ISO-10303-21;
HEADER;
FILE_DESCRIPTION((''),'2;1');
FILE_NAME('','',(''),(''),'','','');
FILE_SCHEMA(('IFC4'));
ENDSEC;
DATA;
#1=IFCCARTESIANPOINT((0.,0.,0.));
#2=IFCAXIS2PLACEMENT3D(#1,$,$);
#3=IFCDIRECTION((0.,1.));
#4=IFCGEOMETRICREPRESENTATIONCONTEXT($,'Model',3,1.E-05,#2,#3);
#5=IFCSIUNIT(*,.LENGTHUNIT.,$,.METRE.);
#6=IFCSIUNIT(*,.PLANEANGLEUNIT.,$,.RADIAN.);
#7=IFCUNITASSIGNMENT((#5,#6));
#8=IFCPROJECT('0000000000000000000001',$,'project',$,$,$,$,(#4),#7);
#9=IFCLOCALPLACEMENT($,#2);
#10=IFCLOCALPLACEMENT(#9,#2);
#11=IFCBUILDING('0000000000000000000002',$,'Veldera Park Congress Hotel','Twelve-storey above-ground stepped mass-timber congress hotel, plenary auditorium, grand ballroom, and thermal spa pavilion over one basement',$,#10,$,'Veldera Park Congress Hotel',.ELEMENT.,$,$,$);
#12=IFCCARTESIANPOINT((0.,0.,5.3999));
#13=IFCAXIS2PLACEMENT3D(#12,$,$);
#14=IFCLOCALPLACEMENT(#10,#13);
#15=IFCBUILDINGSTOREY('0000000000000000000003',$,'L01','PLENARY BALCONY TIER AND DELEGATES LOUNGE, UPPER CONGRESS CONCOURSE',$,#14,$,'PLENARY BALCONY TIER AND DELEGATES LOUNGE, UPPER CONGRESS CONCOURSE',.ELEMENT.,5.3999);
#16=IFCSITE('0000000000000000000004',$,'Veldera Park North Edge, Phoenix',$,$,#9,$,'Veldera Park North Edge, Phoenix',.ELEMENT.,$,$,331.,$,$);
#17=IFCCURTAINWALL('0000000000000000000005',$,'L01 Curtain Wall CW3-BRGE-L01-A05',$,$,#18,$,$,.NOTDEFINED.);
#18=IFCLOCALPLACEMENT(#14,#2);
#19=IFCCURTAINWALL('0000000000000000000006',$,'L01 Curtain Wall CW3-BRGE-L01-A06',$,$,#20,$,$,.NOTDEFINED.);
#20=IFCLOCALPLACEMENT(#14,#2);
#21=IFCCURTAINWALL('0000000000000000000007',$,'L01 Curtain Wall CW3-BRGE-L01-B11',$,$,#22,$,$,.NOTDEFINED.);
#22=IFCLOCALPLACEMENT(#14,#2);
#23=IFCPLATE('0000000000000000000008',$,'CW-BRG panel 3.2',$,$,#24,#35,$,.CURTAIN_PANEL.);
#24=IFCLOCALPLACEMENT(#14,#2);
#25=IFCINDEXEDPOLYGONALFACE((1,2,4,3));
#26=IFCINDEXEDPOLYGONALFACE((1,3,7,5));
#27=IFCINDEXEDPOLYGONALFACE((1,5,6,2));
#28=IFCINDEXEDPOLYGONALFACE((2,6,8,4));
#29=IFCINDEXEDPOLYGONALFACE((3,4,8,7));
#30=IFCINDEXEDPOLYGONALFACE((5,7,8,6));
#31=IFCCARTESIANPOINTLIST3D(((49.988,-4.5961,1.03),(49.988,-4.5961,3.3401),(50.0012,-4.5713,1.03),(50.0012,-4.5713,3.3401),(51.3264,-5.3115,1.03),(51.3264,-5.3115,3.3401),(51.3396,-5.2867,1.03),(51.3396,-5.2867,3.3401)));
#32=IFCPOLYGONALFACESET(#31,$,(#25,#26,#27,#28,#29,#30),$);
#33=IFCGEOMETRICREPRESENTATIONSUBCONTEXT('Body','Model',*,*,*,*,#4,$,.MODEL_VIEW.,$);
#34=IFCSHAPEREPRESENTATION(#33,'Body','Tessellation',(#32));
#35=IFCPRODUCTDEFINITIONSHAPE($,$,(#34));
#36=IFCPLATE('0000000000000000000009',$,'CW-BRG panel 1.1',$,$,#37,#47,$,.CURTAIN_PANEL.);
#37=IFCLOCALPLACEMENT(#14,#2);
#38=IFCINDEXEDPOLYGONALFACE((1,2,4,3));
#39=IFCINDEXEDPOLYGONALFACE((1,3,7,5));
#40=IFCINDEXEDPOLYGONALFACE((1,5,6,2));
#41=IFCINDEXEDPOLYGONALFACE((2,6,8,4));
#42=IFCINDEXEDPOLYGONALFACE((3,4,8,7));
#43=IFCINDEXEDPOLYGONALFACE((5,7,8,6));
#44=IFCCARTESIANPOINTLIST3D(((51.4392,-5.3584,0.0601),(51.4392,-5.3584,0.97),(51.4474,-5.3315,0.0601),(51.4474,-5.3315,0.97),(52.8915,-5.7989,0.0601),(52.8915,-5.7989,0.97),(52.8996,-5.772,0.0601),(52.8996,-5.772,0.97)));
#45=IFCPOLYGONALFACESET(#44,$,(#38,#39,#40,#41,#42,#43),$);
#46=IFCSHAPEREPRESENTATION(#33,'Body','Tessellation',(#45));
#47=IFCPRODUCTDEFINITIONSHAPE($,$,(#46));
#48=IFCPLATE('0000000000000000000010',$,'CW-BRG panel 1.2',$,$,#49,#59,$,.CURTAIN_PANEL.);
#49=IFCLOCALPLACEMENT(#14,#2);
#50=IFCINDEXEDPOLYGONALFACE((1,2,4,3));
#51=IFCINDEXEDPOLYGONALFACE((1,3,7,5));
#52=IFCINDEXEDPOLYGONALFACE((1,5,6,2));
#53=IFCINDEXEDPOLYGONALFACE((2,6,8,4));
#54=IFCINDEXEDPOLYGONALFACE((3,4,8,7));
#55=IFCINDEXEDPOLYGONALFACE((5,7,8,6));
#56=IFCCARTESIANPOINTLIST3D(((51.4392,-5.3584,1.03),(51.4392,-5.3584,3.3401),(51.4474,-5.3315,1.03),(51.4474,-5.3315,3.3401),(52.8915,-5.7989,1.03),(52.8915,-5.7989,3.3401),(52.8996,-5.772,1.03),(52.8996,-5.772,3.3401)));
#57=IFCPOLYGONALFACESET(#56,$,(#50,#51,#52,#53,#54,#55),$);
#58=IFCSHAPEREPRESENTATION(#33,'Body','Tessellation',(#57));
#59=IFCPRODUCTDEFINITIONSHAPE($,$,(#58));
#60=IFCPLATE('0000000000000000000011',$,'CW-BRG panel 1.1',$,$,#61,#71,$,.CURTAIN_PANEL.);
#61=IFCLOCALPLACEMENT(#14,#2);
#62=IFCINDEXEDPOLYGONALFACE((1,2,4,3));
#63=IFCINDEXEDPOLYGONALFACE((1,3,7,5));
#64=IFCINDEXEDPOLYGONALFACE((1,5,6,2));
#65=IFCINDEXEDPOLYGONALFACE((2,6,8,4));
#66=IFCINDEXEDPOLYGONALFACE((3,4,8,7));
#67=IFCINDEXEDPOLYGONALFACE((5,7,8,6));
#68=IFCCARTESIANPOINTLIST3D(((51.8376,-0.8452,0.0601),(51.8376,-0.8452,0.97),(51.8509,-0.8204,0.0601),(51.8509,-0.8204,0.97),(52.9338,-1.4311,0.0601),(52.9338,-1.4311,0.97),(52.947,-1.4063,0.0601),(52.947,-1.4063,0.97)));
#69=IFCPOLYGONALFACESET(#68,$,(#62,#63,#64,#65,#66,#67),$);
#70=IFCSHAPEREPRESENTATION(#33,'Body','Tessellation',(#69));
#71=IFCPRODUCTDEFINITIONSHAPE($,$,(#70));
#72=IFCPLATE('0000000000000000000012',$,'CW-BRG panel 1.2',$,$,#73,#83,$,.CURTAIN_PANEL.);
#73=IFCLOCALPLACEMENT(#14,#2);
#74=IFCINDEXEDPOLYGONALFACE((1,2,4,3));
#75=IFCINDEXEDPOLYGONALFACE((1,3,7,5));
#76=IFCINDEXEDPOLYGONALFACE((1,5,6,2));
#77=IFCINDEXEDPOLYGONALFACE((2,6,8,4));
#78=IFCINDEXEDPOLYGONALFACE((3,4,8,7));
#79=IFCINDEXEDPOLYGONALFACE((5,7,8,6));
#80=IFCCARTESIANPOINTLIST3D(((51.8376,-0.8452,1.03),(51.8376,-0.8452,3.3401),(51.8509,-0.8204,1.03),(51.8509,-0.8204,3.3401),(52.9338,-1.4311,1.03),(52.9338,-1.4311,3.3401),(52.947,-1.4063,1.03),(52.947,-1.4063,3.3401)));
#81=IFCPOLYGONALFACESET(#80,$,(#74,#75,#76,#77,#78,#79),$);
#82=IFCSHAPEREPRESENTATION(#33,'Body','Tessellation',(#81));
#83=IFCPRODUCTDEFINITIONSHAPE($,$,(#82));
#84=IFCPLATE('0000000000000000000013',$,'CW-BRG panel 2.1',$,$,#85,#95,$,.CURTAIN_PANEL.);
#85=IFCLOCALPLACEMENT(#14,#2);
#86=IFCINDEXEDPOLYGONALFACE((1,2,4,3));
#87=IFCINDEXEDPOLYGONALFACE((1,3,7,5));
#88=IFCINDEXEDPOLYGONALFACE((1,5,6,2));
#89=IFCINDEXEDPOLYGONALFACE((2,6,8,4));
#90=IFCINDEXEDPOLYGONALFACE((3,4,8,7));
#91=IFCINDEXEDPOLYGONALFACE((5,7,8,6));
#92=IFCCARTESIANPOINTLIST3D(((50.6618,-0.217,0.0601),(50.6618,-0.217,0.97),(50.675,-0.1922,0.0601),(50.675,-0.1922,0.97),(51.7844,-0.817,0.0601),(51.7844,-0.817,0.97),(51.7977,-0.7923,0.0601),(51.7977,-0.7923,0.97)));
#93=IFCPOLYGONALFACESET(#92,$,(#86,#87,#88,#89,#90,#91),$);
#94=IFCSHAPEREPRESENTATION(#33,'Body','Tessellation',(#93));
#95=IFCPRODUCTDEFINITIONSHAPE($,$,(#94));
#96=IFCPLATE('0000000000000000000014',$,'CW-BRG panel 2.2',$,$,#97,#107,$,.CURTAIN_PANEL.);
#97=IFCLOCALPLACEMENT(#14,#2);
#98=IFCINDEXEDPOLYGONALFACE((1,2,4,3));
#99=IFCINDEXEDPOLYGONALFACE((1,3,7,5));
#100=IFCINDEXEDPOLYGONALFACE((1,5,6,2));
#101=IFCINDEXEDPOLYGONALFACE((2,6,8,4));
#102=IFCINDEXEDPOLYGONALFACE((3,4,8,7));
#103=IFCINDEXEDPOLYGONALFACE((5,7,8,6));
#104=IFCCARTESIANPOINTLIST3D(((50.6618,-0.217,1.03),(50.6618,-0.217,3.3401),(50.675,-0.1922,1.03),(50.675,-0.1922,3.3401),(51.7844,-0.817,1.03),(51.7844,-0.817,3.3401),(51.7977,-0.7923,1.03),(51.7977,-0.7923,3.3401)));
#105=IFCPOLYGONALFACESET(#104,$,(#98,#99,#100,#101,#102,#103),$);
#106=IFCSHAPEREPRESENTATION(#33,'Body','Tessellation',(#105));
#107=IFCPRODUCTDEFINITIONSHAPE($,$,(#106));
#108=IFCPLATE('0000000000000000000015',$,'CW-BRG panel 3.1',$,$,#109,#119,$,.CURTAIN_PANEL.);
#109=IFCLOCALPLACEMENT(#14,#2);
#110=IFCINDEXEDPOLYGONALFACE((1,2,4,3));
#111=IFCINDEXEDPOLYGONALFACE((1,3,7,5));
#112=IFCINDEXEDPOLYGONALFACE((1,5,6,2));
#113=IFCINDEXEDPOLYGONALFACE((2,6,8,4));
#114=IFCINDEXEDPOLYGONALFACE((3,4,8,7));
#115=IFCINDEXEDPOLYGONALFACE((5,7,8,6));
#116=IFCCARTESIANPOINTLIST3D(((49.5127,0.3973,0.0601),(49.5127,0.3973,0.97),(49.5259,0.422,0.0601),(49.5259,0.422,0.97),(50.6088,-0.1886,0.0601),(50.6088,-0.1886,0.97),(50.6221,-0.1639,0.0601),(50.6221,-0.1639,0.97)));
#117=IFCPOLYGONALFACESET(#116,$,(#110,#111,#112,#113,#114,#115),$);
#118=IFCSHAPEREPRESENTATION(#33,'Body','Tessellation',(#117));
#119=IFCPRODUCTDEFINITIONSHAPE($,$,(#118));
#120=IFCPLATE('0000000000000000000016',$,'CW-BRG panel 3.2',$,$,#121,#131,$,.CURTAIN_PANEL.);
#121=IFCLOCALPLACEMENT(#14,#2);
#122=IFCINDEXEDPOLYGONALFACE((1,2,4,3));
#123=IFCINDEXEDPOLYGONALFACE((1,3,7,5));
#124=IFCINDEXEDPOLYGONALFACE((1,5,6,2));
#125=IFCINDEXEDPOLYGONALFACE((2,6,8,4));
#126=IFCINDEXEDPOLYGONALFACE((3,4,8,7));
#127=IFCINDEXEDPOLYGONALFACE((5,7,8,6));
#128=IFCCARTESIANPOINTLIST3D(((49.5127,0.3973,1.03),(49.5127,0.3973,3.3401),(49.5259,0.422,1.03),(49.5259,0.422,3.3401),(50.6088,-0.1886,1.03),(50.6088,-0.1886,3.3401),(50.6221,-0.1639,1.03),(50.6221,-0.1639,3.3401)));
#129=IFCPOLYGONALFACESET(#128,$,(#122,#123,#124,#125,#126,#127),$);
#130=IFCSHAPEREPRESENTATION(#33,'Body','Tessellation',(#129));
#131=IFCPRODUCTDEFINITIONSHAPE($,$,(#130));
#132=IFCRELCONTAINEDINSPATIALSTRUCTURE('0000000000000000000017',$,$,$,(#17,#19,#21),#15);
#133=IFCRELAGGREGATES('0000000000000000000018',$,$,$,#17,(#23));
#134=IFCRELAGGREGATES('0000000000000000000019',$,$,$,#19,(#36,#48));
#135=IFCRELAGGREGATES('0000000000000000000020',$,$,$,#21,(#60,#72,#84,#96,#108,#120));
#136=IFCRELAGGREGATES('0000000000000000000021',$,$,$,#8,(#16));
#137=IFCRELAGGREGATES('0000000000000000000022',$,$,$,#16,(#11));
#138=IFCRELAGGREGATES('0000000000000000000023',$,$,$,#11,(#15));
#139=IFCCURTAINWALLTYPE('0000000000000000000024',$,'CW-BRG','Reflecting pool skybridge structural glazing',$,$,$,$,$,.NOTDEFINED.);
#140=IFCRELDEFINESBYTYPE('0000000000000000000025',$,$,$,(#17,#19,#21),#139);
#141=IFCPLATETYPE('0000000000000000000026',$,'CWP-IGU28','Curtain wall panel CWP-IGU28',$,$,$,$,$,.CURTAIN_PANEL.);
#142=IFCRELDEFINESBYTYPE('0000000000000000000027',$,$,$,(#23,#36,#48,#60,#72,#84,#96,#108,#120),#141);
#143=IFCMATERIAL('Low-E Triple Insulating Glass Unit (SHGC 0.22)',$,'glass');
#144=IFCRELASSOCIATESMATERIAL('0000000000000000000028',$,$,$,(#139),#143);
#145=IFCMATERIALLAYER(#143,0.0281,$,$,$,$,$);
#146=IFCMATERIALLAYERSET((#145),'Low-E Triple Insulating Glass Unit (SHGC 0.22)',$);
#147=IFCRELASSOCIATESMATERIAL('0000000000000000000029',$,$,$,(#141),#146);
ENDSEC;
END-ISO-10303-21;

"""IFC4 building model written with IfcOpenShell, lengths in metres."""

from ifc_helpers import new_model, si_unit, direction, frame, origin, origin_2d, place, context, subcontext, project, spatial, rectangle, extrude, material, layer, layer_set, type_object, element, aggregate, save


model = new_model("IFC4")

# Units and contexts
model_context = context("Model", 3, precision=1e-05, world=origin(), true_north=direction((0.0, 1.0)))
body_context = subcontext(model_context, "Body", "Model", "MODEL_VIEW")
ifc_project = project(units=[si_unit("LENGTHUNIT", "METRE"), si_unit("PLANEANGLEUNIT", "RADIAN")], contexts=[model_context])

# Site, building, storey
site_placement = place(None, origin())
site = spatial("IfcSite", under=ifc_project, at=site_placement, Name="Veldera Park North Edge, Phoenix", LongName="Veldera Park North Edge, Phoenix", CompositionType="ELEMENT", RefElevation=331.0)
building_placement = place(site_placement, origin())
building = spatial("IfcBuilding", under=site, at=building_placement, Name="Veldera Park Congress Hotel", Description="Twelve-storey above-ground stepped mass-timber congress hotel, plenary auditorium, grand ballroom, and thermal spa pavilion over one basement", LongName="Veldera Park Congress Hotel", CompositionType="ELEMENT")
storey_placement = place(building_placement, frame((0.0, 0.0, 5.3999)))
storey = spatial("IfcBuildingStorey", under=building, at=storey_placement, Name="L01", Description="PLENARY BALCONY TIER AND DELEGATES LOUNGE, UPPER CONGRESS CONCOURSE", LongName="PLENARY BALCONY TIER AND DELEGATES LOUNGE, UPPER CONGRESS CONCOURSE", CompositionType="ELEMENT", Elevation=5.3999)

# Curtain walls
ifc_material_1 = material(Name="Low-E Triple Insulating Glass Unit (SHGC 0.22)", Category="glass")
curtain_wall_type = type_object("IfcCurtainWallType", Name="CW-BRG", Description="Reflecting pool skybridge structural glazing", PredefinedType="NOTDEFINED", material=ifc_material_1)
curtain_wall_1_placement = place(storey_placement, origin())
curtain_wall_1 = element("IfcCurtainWall", 1, at=curtain_wall_1_placement, inside=storey, type_object=curtain_wall_type, Name="L01 Curtain Wall CW3-BRGE-L01-A05", PredefinedType="NOTDEFINED")
curtain_wall_2_placement = place(storey_placement, origin())
curtain_wall_2 = element("IfcCurtainWall", 2, at=curtain_wall_2_placement, inside=storey, type_object=curtain_wall_type, Name="L01 Curtain Wall CW3-BRGE-L01-A06", PredefinedType="NOTDEFINED")
curtain_wall_3_placement = place(storey_placement, origin())
curtain_wall_3 = element("IfcCurtainWall", 3, at=curtain_wall_3_placement, inside=storey, type_object=curtain_wall_type, Name="L01 Curtain Wall CW3-BRGE-L01-B11", PredefinedType="NOTDEFINED")

# Plates
ifc_layer = layer(ifc_material_1, 0.0281)
ifc_layer_set = layer_set([ifc_layer], Name="Low-E Triple Insulating Glass Unit (SHGC 0.22)")
plate_type = type_object("IfcPlateType", Name="CWP-IGU28", Description="Curtain wall panel CWP-IGU28", PredefinedType="CURTAIN_PANEL", material=ifc_layer_set)
plate_1_placement = place(storey_placement, frame((50.6638, -4.9414, 1.03), z_axis=(0.0, 0.0, 1.0), x_axis=(0.881928, -0.471385, 0.0)))
plate_1 = element("IfcPlate", 4, at=plate_1_placement, type_object=plate_type, Name="CW-BRG panel 3.2", PredefinedType="CURTAIN_PANEL", context=body_context, shape_type="SweptSolid", body=[
    extrude(rectangle(XDim=1.5176, YDim=0.0281, at=origin_2d()), origin(), (0.0, 0.0, 1.0), 2.3101),
])
aggregate(curtain_wall_1, [plate_1])
plate_2_placement = place(storey_placement, frame((52.1694, -5.5652, 0.0601), z_axis=(0.0, 0.0, 1.0), x_axis=(0.956939, -0.290288, 0.0)))
plate_2 = element("IfcPlate", 5, at=plate_2_placement, type_object=plate_type, Name="CW-BRG panel 1.1", PredefinedType="CURTAIN_PANEL", context=body_context, shape_type="SweptSolid", body=[
    extrude(rectangle(XDim=1.5176, YDim=0.0281, at=origin_2d()), origin(), (0.0, 0.0, 1.0), 0.9099),
])
plate_3_placement = place(storey_placement, frame((52.1694, -5.5652, 1.03), z_axis=(0.0, 0.0, 1.0), x_axis=(0.956939, -0.290288, 0.0)))
plate_3 = element("IfcPlate", 6, at=plate_3_placement, type_object=plate_type, Name="CW-BRG panel 1.2", PredefinedType="CURTAIN_PANEL", context=body_context, shape_type="SweptSolid", body=[
    extrude(rectangle(XDim=1.5176, YDim=0.0281, at=origin_2d()), origin(), (0.0, 0.0, 1.0), 2.3101),
])
aggregate(curtain_wall_2, [plate_2, plate_3])
plate_4_placement = place(storey_placement, frame((52.3923, -1.1257, 0.0601), z_axis=(0.0, 0.0, 1.0), x_axis=(-0.881928, 0.471384, 0.0)))
plate_4 = element("IfcPlate", 7, at=plate_4_placement, type_object=plate_type, Name="CW-BRG panel 1.1", PredefinedType="CURTAIN_PANEL", context=body_context, shape_type="SweptSolid", body=[
    extrude(rectangle(XDim=1.2429, YDim=0.0281, at=origin_2d()), origin(), (0.0, 0.0, 1.0), 0.9099),
])
plate_5_placement = place(storey_placement, frame((52.3923, -1.1257, 1.03), z_axis=(0.0, 0.0, 1.0), x_axis=(-0.881928, 0.471384, 0.0)))
plate_5 = element("IfcPlate", 8, at=plate_5_placement, type_object=plate_type, Name="CW-BRG panel 1.2", PredefinedType="CURTAIN_PANEL", context=body_context, shape_type="SweptSolid", body=[
    extrude(rectangle(XDim=1.2429, YDim=0.0281, at=origin_2d()), origin(), (0.0, 0.0, 1.0), 2.3101),
])
plate_6_placement = place(storey_placement, frame((51.2297, -0.5046, 0.0601), z_axis=(0.0, 0.0, 1.0), x_axis=(-0.881928, 0.471384, 0.0)))
plate_6 = element("IfcPlate", 9, at=plate_6_placement, type_object=plate_type, Name="CW-BRG panel 2.1", PredefinedType="CURTAIN_PANEL", context=body_context, shape_type="SweptSolid", body=[
    extrude(rectangle(XDim=1.2729, YDim=0.0281, at=origin_2d()), origin(), (0.0, 0.0, 1.0), 0.9099),
])
plate_7_placement = place(storey_placement, frame((51.2297, -0.5046, 1.03), z_axis=(0.0, 0.0, 1.0), x_axis=(-0.881928, 0.471384, 0.0)))
plate_7 = element("IfcPlate", 10, at=plate_7_placement, type_object=plate_type, Name="CW-BRG panel 2.2", PredefinedType="CURTAIN_PANEL", context=body_context, shape_type="SweptSolid", body=[
    extrude(rectangle(XDim=1.2729, YDim=0.0281, at=origin_2d()), origin(), (0.0, 0.0, 1.0), 2.3101),
])
plate_8_placement = place(storey_placement, frame((50.0674, 0.1167, 0.0601), z_axis=(0.0, 0.0, 1.0), x_axis=(-0.881928, 0.471384, 0.0)))
plate_8 = element("IfcPlate", 11, at=plate_8_placement, type_object=plate_type, Name="CW-BRG panel 3.1", PredefinedType="CURTAIN_PANEL", context=body_context, shape_type="SweptSolid", body=[
    extrude(rectangle(XDim=1.2429, YDim=0.0281, at=origin_2d()), origin(), (0.0, 0.0, 1.0), 0.9099),
])
plate_9_placement = place(storey_placement, frame((50.0674, 0.1167, 1.03), z_axis=(0.0, 0.0, 1.0), x_axis=(-0.881928, 0.471384, 0.0)))
plate_9 = element("IfcPlate", 12, at=plate_9_placement, type_object=plate_type, Name="CW-BRG panel 3.2", PredefinedType="CURTAIN_PANEL", context=body_context, shape_type="SweptSolid", body=[
    extrude(rectangle(XDim=1.2429, YDim=0.0281, at=origin_2d()), origin(), (0.0, 0.0, 1.0), 2.3101),
])
aggregate(curtain_wall_3, [plate_4, plate_5, plate_6, plate_7, plate_8, plate_9])

save(model, "model.ifc")
